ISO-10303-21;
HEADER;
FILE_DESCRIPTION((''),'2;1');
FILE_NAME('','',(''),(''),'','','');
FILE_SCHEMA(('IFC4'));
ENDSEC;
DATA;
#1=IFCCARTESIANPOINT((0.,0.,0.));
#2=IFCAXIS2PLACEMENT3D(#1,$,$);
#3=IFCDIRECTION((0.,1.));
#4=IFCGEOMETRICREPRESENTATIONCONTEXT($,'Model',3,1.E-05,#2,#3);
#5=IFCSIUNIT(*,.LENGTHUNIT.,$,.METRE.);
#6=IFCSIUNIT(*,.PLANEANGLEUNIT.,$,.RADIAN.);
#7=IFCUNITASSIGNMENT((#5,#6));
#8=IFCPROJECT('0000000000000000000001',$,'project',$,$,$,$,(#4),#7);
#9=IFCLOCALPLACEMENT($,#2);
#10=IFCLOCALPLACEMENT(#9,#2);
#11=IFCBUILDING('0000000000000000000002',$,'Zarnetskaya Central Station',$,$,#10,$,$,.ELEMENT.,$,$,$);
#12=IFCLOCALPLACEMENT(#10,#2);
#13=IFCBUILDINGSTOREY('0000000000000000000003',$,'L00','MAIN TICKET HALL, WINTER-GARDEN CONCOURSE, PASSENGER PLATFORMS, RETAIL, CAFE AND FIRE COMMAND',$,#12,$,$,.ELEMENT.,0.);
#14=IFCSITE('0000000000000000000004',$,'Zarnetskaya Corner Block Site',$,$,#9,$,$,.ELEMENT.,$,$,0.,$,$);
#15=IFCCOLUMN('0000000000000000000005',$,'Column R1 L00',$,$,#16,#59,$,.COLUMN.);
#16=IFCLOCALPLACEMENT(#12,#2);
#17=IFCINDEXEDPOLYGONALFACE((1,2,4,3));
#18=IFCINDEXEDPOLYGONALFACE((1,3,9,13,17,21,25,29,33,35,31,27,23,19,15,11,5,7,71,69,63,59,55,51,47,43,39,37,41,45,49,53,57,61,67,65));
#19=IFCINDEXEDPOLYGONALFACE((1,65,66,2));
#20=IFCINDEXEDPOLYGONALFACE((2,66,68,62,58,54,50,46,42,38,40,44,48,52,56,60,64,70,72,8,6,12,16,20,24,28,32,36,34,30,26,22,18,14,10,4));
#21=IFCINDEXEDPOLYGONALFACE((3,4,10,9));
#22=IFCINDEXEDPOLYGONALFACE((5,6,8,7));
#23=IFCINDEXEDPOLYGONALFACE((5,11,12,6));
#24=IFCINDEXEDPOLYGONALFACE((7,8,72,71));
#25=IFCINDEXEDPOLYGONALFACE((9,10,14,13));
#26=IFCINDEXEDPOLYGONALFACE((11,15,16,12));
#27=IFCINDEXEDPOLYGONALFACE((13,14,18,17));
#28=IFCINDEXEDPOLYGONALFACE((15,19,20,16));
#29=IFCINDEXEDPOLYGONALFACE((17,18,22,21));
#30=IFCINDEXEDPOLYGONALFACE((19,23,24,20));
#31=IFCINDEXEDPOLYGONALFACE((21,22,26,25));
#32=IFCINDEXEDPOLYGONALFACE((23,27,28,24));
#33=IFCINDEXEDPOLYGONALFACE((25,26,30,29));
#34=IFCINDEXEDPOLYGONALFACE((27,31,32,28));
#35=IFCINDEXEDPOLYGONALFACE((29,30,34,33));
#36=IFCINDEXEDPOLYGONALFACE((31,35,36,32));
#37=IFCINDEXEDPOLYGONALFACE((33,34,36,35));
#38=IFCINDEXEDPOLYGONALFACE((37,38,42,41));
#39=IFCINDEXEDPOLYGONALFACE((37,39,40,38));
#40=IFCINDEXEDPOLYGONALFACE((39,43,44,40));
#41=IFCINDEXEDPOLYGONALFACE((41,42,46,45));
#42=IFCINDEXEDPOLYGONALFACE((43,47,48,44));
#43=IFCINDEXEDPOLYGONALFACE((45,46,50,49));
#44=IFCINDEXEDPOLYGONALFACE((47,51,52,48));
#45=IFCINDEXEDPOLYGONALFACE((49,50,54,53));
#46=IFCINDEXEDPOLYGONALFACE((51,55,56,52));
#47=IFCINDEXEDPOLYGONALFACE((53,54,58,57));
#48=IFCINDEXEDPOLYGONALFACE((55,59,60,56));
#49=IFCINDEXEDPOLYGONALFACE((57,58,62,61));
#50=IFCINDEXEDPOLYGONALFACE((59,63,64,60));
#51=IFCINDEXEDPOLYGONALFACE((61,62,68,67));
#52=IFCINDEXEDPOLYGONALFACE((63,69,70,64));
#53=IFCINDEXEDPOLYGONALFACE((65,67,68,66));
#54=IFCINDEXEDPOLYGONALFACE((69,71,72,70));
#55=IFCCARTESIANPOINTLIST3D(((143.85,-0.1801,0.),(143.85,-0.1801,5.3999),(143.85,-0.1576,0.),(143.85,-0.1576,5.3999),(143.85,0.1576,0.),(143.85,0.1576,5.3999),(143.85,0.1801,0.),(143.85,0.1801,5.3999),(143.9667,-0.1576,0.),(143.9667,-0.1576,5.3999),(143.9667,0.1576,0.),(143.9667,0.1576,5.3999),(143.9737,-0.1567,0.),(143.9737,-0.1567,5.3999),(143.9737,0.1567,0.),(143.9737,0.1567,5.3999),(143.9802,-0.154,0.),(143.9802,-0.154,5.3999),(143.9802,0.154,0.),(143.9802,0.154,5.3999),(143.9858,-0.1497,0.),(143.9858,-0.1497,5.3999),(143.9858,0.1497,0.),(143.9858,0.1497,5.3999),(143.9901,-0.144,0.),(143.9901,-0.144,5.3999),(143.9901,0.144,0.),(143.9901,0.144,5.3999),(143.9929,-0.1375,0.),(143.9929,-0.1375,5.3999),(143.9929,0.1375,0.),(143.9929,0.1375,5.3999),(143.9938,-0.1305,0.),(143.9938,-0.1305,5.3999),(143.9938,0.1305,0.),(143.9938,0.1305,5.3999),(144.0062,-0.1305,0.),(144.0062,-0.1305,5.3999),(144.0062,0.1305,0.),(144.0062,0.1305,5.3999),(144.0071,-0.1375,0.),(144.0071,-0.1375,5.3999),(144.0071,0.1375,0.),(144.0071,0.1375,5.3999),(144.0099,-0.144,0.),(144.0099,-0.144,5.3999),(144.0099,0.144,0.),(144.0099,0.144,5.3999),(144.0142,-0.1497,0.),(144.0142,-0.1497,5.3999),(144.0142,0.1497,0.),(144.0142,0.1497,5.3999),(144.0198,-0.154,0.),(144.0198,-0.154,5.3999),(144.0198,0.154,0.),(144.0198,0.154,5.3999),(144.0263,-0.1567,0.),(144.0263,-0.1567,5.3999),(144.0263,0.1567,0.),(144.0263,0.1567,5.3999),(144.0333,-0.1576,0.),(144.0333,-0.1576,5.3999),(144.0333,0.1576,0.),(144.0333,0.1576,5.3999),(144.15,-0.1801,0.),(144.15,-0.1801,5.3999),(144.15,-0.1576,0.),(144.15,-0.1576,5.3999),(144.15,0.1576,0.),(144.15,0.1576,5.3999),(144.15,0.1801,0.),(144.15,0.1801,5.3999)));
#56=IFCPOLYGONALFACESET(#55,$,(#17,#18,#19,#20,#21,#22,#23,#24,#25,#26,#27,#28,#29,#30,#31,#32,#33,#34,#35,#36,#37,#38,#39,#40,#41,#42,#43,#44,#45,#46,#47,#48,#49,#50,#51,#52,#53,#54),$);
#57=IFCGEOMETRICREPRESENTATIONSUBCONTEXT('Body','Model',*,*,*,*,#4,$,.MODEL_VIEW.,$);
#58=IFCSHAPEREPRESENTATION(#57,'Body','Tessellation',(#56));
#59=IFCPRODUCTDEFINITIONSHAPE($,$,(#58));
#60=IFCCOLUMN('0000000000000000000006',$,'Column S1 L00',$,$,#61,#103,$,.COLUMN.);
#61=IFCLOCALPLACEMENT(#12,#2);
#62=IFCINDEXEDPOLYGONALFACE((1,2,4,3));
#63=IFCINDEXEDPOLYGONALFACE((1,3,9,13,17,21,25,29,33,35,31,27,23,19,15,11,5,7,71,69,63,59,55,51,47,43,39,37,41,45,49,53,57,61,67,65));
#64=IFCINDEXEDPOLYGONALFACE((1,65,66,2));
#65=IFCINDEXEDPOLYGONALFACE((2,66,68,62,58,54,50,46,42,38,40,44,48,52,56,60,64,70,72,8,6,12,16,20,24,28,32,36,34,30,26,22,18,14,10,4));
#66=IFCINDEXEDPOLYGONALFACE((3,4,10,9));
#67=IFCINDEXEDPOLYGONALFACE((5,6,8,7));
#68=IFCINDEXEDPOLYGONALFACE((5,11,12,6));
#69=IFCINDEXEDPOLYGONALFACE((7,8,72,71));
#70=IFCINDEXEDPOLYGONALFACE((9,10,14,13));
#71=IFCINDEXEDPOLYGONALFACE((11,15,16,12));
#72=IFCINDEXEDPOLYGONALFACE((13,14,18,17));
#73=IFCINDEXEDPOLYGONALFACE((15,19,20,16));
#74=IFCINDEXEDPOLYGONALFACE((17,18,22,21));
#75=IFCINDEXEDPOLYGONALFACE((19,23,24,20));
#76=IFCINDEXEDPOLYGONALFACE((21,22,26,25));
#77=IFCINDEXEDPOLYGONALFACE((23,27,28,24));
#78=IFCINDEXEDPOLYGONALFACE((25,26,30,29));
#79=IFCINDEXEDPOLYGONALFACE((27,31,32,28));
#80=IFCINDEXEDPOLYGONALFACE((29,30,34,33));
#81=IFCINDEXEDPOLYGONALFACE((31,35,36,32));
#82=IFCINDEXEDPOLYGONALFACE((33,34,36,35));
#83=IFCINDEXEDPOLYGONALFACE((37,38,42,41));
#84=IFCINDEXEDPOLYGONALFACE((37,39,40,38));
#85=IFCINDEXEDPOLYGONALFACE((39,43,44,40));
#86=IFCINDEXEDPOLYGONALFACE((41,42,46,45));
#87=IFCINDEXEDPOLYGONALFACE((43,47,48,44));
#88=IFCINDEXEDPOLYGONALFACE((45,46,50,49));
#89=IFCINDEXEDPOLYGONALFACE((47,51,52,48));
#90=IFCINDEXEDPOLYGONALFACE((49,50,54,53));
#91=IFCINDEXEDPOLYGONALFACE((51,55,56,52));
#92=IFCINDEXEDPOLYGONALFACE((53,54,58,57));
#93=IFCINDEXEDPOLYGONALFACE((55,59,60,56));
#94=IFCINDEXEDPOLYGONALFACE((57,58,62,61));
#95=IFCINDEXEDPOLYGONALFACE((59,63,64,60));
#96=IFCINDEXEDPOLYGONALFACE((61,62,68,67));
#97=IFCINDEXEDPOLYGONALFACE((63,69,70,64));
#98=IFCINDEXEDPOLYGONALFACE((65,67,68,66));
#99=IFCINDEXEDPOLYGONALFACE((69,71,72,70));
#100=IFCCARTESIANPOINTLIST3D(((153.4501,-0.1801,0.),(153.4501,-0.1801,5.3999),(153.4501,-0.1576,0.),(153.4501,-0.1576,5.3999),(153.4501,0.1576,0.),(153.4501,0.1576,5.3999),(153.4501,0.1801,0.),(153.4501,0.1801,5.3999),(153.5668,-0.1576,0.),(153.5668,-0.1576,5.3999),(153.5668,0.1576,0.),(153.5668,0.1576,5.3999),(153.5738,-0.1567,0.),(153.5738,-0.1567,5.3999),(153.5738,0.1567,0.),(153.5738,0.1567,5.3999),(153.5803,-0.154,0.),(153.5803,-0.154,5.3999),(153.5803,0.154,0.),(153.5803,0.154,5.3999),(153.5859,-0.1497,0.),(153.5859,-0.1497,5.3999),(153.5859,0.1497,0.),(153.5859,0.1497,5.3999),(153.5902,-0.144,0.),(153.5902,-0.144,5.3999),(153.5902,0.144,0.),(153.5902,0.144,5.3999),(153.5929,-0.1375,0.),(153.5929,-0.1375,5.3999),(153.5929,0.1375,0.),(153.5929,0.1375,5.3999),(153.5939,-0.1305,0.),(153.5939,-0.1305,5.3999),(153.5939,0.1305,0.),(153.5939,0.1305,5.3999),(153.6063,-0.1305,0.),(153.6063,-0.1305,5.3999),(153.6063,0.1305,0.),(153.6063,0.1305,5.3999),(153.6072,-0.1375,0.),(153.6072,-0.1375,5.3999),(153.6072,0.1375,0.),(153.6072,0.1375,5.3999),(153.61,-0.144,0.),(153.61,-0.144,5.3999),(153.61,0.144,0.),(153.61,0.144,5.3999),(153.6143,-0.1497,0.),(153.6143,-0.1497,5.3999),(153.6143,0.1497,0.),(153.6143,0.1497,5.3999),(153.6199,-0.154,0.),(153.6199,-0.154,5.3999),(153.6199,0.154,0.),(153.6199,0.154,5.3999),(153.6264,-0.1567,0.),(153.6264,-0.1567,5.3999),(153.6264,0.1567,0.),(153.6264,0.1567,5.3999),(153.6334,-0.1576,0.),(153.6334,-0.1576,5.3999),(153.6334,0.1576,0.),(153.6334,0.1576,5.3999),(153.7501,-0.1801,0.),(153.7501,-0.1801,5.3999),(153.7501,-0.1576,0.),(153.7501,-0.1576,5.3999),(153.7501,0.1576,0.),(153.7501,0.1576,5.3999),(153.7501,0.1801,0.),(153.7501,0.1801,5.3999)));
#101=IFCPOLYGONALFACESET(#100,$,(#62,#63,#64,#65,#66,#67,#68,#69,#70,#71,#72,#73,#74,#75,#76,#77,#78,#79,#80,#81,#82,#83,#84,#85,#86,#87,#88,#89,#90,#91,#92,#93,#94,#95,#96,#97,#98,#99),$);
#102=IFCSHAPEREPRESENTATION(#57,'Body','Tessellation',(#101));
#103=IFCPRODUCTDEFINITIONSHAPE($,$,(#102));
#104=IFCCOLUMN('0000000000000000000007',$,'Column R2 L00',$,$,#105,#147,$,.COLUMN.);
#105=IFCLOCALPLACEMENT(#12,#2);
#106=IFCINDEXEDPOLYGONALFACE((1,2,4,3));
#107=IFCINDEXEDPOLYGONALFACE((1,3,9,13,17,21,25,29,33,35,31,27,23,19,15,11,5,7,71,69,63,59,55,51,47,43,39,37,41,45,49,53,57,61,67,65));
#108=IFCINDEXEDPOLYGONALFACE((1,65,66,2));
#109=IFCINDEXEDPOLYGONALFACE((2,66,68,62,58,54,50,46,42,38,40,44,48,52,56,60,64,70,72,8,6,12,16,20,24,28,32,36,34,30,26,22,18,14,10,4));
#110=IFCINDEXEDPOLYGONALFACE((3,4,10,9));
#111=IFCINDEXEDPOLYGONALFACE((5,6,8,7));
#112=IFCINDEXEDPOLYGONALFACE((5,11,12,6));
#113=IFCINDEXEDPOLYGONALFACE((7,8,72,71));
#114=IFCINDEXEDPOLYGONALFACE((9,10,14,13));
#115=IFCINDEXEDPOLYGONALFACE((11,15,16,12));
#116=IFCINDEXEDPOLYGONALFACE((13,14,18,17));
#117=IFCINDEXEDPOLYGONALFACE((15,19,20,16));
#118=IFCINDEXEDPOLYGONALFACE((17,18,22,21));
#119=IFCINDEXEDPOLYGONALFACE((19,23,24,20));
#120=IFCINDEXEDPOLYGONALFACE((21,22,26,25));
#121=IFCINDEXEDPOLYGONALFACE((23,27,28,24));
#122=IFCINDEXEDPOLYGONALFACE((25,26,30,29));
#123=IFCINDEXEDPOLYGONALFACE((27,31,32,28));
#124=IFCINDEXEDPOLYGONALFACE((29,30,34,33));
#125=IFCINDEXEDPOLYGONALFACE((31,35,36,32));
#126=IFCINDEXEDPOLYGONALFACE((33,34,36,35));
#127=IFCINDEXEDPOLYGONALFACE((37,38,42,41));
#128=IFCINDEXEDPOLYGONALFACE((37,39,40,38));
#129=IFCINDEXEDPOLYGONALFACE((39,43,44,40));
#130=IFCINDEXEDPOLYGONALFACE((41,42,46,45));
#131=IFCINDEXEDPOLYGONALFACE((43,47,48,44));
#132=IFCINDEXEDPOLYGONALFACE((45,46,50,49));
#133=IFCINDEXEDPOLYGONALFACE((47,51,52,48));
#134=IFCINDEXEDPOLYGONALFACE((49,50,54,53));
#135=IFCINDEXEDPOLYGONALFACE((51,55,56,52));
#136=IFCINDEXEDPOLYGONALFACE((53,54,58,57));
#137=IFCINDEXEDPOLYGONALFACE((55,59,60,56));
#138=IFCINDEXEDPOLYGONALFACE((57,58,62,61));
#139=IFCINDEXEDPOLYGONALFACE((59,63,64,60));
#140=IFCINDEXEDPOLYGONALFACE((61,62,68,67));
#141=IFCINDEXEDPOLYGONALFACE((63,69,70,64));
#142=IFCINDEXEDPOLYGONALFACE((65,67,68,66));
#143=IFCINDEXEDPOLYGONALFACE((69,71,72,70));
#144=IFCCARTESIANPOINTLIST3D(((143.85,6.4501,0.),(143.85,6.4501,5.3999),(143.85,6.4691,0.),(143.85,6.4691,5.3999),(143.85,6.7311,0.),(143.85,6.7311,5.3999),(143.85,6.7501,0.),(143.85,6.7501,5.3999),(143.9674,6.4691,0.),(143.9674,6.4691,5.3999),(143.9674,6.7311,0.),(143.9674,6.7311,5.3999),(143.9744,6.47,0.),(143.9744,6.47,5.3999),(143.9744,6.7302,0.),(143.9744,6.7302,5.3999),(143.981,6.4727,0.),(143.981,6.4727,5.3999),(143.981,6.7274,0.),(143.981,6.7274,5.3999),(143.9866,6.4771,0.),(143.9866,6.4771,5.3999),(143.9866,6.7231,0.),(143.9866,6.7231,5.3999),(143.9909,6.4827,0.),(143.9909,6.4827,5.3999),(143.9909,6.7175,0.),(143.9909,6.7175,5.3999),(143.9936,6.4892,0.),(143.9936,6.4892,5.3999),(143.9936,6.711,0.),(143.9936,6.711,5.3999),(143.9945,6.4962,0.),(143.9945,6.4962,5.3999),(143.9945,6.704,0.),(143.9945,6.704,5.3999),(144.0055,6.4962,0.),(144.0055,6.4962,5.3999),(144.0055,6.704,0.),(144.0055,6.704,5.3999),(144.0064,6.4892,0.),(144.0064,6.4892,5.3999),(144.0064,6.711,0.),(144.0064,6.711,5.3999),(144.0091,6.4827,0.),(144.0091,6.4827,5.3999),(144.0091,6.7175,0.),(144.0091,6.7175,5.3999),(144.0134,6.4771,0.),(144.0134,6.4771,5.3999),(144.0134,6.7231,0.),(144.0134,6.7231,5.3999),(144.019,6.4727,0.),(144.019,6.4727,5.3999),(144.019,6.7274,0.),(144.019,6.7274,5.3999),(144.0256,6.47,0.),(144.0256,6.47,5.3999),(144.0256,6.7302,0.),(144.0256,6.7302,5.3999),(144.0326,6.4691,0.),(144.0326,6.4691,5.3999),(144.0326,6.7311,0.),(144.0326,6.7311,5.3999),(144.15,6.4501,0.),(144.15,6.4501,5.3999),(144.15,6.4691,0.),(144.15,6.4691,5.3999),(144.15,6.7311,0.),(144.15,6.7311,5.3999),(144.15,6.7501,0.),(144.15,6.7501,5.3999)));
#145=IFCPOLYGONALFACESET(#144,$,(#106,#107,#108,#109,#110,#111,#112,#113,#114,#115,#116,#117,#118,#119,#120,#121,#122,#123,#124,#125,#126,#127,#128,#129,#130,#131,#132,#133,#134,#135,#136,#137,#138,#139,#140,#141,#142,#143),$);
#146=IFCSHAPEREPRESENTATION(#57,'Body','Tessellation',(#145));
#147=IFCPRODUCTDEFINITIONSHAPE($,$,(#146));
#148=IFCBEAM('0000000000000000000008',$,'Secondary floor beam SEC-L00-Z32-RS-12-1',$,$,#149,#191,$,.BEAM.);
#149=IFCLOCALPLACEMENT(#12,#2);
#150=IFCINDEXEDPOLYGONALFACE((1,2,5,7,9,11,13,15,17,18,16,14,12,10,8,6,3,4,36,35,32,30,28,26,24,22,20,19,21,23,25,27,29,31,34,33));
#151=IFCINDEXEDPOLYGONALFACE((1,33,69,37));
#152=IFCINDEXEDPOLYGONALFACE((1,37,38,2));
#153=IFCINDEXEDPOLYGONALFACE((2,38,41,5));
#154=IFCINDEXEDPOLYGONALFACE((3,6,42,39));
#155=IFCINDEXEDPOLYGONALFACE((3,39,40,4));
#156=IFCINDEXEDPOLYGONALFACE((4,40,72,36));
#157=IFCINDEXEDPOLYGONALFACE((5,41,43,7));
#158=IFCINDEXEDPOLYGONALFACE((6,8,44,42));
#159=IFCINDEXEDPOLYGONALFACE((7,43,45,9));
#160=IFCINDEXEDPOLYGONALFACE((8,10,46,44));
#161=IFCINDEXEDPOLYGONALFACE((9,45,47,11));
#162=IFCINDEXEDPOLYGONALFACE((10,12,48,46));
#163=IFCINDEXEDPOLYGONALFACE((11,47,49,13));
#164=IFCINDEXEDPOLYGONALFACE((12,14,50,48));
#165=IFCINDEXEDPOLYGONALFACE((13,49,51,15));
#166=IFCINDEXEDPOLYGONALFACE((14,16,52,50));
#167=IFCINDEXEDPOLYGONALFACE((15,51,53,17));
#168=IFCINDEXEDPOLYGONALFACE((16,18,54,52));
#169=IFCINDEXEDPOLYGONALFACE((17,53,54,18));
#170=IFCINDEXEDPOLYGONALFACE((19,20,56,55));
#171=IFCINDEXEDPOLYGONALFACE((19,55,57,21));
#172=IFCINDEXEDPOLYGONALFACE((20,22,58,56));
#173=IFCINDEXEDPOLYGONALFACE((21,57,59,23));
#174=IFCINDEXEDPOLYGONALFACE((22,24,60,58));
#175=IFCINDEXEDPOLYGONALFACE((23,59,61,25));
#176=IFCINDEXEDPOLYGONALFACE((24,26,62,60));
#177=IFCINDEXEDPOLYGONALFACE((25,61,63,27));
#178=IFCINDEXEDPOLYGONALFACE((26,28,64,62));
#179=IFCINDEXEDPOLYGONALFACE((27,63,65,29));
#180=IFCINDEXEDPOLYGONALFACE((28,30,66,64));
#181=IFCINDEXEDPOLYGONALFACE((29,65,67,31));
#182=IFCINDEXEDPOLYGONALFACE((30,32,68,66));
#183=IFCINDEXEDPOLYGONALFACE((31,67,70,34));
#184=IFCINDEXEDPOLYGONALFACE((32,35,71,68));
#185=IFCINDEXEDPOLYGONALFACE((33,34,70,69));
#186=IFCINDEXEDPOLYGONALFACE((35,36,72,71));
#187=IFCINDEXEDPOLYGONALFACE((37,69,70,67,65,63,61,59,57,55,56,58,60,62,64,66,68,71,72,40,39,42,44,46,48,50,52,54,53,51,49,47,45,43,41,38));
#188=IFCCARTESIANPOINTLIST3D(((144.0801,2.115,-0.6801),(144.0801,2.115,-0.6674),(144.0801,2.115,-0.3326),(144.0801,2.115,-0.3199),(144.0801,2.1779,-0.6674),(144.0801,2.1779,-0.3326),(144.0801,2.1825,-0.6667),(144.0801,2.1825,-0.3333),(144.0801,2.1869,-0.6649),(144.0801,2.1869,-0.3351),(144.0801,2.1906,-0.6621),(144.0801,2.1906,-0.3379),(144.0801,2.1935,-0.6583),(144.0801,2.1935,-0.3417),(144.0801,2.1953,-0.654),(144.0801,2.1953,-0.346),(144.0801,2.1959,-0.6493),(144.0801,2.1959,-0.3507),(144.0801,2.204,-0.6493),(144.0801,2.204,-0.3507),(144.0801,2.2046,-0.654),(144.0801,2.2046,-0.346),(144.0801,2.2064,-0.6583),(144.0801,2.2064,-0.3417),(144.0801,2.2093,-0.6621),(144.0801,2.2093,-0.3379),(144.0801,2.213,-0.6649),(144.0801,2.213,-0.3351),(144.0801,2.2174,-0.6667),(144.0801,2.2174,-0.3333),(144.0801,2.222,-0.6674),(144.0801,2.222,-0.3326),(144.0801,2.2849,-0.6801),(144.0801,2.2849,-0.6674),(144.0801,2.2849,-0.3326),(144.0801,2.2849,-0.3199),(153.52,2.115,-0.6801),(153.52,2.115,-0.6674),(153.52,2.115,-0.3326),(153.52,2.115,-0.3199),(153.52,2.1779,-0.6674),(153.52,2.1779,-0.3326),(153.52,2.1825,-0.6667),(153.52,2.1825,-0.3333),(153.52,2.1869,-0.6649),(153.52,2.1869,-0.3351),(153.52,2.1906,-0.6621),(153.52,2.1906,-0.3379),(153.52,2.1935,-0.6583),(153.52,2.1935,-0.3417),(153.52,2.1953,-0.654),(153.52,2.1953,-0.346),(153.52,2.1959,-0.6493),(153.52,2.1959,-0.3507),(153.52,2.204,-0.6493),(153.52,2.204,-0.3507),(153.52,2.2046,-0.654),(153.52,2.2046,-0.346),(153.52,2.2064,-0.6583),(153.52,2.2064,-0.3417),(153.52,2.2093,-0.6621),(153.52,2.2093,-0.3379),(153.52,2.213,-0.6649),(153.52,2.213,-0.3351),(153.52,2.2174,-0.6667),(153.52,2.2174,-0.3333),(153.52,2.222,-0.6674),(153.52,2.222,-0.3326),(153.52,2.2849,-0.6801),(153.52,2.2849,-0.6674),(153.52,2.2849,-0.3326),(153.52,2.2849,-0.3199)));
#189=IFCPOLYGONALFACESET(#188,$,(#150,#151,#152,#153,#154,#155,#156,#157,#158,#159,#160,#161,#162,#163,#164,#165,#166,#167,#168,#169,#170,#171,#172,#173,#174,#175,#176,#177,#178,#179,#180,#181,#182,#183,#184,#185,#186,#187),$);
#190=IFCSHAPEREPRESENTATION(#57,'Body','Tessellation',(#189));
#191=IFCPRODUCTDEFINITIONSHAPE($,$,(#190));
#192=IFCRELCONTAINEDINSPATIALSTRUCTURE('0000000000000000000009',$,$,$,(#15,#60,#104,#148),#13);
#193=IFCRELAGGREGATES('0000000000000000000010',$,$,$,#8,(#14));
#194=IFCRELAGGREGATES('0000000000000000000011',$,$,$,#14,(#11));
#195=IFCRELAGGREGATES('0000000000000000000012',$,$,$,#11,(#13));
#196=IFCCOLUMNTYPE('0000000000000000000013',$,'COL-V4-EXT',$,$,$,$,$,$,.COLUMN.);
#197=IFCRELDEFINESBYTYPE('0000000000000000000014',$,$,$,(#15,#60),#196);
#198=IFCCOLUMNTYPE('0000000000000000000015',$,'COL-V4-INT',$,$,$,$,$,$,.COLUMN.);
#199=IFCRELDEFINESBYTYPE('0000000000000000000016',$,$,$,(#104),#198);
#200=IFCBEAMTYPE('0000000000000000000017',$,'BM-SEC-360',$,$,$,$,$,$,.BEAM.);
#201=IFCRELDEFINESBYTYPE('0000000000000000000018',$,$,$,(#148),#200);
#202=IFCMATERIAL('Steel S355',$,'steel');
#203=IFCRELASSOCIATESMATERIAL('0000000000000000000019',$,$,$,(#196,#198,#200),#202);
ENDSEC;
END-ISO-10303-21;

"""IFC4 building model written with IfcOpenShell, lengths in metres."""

from ifc_helpers import new_model, si_unit, direction, frame, origin, origin_2d, place, context, subcontext, project, spatial, i_section, extrude, material, material_profile, profile_set, type_object, element, save


model = new_model("IFC4")

# Units and contexts
model_context = context("Model", 3, precision=1e-05, world=origin(), true_north=direction((0.0, 1.0)))
body_context = subcontext(model_context, "Body", "Model", "MODEL_VIEW")
ifc_project = project(units=[si_unit("LENGTHUNIT", "METRE"), si_unit("PLANEANGLEUNIT", "RADIAN")], contexts=[model_context])

# Site, building, storey
site_placement = place(None, origin())
site = spatial("IfcSite", under=ifc_project, at=site_placement, Name="Zarnetskaya Corner Block Site", CompositionType="ELEMENT", RefElevation=0.0)
building_placement = place(site_placement, origin())
building = spatial("IfcBuilding", under=site, at=building_placement, Name="Zarnetskaya Central Station", CompositionType="ELEMENT")
storey_placement = place(building_placement, origin())
storey = spatial("IfcBuildingStorey", under=building, at=storey_placement, Name="L00", Description="MAIN TICKET HALL, WINTER-GARDEN CONCOURSE, PASSENGER PLATFORMS, RETAIL, CAFE AND FIRE COMMAND", CompositionType="ELEMENT", Elevation=0.0)

# Columns
ifc_material_1 = material(Name="Steel S355", Category="steel")
ifc_material_profile_1 = material_profile(ifc_material_1, i_section(OverallWidth=0.3, OverallDepth=0.3601, WebThickness=0.0125, FlangeThickness=0.0225, FilletRadius=0.0271, at=origin_2d()), Name="HEB 360")
ifc_profile_set_1 = profile_set([ifc_material_profile_1], Name="Steel S355")
column_type_1 = type_object("IfcColumnType", Name="COL-V4-EXT", PredefinedType="COLUMN", material=ifc_profile_set_1)
for number, where, z_axis, x_axis, name in (
    (1, (144.0, 0.0, 0.0), (0.0, 0.0, 1.0), (1.0, 0.0, 0.0), "Column R1 L00"),
    (2, (153.6001, 0.0, 0.0), (0.0, 0.0, 1.0), (1.0, 0.0, 0.0), "Column S1 L00"),
):
    element("IfcColumn", number, at=place(storey_placement, frame(where, z_axis=z_axis, x_axis=x_axis)), inside=storey, type_object=column_type_1, Name=name, PredefinedType="COLUMN", context=body_context, shape_type="SweptSolid", body=[
        extrude(i_section(OverallWidth=0.3, OverallDepth=0.3601, WebThickness=0.0125, FlangeThickness=0.0225, FilletRadius=0.0271, at=origin_2d()), origin(), (0.0, 0.0, 1.0), 5.3999),
    ])
ifc_material_profile_2 = material_profile(ifc_material_1, i_section(OverallWidth=0.3, OverallDepth=0.3, WebThickness=0.011, FlangeThickness=0.019, FilletRadius=0.0271, at=origin_2d()), Name="HEB 300")
ifc_profile_set_2 = profile_set([ifc_material_profile_2], Name="Steel S355")
column_type_2 = type_object("IfcColumnType", Name="COL-V4-INT", PredefinedType="COLUMN", material=ifc_profile_set_2)
column_placement = place(storey_placement, frame((144.0, 6.6001, 0.0), z_axis=(0.0, 0.0, 1.0), x_axis=(1.0, 0.0, 0.0)))
element("IfcColumn", 3, at=column_placement, inside=storey, type_object=column_type_2, Name="Column R2 L00", PredefinedType="COLUMN", context=body_context, shape_type="SweptSolid", body=[
    extrude(i_section(OverallWidth=0.3, OverallDepth=0.3, WebThickness=0.011, FlangeThickness=0.019, FilletRadius=0.0271, at=origin_2d()), origin(), (0.0, 0.0, 1.0), 5.3999),
])

# Beam
ifc_material_profile_3 = material_profile(ifc_material_1, i_section(OverallWidth=0.1699, OverallDepth=0.3601, WebThickness=0.0081, FlangeThickness=0.0127, FilletRadius=0.0181, at=origin_2d()), Name="IPE 360")
ifc_profile_set_3 = profile_set([ifc_material_profile_3], Name="Steel S355")
beam_type_1 = type_object("IfcBeamType", Name="BM-SEC-360", PredefinedType="BEAM", material=ifc_profile_set_3)
for number, where, z_axis, x_axis, name in (
    (4, (144.0801, 2.2, -0.5), (1.0, 0.0, 0.0), (0.0, 1.0, 0.0), "Secondary floor beam SEC-L00-Z32-RS-12-1"),
):
    element("IfcBeam", number, at=place(storey_placement, frame(where, z_axis=z_axis, x_axis=x_axis)), inside=storey, type_object=beam_type_1, Name=name, PredefinedType="BEAM", context=body_context, shape_type="SweptSolid", body=[
        extrude(i_section(OverallWidth=0.1699, OverallDepth=0.3601, WebThickness=0.0081, FlangeThickness=0.0127, FilletRadius=0.0181, at=origin_2d()), origin(), (0.0, 0.0, 1.0), 9.4399),
    ])

save(model, "model.ifc")
